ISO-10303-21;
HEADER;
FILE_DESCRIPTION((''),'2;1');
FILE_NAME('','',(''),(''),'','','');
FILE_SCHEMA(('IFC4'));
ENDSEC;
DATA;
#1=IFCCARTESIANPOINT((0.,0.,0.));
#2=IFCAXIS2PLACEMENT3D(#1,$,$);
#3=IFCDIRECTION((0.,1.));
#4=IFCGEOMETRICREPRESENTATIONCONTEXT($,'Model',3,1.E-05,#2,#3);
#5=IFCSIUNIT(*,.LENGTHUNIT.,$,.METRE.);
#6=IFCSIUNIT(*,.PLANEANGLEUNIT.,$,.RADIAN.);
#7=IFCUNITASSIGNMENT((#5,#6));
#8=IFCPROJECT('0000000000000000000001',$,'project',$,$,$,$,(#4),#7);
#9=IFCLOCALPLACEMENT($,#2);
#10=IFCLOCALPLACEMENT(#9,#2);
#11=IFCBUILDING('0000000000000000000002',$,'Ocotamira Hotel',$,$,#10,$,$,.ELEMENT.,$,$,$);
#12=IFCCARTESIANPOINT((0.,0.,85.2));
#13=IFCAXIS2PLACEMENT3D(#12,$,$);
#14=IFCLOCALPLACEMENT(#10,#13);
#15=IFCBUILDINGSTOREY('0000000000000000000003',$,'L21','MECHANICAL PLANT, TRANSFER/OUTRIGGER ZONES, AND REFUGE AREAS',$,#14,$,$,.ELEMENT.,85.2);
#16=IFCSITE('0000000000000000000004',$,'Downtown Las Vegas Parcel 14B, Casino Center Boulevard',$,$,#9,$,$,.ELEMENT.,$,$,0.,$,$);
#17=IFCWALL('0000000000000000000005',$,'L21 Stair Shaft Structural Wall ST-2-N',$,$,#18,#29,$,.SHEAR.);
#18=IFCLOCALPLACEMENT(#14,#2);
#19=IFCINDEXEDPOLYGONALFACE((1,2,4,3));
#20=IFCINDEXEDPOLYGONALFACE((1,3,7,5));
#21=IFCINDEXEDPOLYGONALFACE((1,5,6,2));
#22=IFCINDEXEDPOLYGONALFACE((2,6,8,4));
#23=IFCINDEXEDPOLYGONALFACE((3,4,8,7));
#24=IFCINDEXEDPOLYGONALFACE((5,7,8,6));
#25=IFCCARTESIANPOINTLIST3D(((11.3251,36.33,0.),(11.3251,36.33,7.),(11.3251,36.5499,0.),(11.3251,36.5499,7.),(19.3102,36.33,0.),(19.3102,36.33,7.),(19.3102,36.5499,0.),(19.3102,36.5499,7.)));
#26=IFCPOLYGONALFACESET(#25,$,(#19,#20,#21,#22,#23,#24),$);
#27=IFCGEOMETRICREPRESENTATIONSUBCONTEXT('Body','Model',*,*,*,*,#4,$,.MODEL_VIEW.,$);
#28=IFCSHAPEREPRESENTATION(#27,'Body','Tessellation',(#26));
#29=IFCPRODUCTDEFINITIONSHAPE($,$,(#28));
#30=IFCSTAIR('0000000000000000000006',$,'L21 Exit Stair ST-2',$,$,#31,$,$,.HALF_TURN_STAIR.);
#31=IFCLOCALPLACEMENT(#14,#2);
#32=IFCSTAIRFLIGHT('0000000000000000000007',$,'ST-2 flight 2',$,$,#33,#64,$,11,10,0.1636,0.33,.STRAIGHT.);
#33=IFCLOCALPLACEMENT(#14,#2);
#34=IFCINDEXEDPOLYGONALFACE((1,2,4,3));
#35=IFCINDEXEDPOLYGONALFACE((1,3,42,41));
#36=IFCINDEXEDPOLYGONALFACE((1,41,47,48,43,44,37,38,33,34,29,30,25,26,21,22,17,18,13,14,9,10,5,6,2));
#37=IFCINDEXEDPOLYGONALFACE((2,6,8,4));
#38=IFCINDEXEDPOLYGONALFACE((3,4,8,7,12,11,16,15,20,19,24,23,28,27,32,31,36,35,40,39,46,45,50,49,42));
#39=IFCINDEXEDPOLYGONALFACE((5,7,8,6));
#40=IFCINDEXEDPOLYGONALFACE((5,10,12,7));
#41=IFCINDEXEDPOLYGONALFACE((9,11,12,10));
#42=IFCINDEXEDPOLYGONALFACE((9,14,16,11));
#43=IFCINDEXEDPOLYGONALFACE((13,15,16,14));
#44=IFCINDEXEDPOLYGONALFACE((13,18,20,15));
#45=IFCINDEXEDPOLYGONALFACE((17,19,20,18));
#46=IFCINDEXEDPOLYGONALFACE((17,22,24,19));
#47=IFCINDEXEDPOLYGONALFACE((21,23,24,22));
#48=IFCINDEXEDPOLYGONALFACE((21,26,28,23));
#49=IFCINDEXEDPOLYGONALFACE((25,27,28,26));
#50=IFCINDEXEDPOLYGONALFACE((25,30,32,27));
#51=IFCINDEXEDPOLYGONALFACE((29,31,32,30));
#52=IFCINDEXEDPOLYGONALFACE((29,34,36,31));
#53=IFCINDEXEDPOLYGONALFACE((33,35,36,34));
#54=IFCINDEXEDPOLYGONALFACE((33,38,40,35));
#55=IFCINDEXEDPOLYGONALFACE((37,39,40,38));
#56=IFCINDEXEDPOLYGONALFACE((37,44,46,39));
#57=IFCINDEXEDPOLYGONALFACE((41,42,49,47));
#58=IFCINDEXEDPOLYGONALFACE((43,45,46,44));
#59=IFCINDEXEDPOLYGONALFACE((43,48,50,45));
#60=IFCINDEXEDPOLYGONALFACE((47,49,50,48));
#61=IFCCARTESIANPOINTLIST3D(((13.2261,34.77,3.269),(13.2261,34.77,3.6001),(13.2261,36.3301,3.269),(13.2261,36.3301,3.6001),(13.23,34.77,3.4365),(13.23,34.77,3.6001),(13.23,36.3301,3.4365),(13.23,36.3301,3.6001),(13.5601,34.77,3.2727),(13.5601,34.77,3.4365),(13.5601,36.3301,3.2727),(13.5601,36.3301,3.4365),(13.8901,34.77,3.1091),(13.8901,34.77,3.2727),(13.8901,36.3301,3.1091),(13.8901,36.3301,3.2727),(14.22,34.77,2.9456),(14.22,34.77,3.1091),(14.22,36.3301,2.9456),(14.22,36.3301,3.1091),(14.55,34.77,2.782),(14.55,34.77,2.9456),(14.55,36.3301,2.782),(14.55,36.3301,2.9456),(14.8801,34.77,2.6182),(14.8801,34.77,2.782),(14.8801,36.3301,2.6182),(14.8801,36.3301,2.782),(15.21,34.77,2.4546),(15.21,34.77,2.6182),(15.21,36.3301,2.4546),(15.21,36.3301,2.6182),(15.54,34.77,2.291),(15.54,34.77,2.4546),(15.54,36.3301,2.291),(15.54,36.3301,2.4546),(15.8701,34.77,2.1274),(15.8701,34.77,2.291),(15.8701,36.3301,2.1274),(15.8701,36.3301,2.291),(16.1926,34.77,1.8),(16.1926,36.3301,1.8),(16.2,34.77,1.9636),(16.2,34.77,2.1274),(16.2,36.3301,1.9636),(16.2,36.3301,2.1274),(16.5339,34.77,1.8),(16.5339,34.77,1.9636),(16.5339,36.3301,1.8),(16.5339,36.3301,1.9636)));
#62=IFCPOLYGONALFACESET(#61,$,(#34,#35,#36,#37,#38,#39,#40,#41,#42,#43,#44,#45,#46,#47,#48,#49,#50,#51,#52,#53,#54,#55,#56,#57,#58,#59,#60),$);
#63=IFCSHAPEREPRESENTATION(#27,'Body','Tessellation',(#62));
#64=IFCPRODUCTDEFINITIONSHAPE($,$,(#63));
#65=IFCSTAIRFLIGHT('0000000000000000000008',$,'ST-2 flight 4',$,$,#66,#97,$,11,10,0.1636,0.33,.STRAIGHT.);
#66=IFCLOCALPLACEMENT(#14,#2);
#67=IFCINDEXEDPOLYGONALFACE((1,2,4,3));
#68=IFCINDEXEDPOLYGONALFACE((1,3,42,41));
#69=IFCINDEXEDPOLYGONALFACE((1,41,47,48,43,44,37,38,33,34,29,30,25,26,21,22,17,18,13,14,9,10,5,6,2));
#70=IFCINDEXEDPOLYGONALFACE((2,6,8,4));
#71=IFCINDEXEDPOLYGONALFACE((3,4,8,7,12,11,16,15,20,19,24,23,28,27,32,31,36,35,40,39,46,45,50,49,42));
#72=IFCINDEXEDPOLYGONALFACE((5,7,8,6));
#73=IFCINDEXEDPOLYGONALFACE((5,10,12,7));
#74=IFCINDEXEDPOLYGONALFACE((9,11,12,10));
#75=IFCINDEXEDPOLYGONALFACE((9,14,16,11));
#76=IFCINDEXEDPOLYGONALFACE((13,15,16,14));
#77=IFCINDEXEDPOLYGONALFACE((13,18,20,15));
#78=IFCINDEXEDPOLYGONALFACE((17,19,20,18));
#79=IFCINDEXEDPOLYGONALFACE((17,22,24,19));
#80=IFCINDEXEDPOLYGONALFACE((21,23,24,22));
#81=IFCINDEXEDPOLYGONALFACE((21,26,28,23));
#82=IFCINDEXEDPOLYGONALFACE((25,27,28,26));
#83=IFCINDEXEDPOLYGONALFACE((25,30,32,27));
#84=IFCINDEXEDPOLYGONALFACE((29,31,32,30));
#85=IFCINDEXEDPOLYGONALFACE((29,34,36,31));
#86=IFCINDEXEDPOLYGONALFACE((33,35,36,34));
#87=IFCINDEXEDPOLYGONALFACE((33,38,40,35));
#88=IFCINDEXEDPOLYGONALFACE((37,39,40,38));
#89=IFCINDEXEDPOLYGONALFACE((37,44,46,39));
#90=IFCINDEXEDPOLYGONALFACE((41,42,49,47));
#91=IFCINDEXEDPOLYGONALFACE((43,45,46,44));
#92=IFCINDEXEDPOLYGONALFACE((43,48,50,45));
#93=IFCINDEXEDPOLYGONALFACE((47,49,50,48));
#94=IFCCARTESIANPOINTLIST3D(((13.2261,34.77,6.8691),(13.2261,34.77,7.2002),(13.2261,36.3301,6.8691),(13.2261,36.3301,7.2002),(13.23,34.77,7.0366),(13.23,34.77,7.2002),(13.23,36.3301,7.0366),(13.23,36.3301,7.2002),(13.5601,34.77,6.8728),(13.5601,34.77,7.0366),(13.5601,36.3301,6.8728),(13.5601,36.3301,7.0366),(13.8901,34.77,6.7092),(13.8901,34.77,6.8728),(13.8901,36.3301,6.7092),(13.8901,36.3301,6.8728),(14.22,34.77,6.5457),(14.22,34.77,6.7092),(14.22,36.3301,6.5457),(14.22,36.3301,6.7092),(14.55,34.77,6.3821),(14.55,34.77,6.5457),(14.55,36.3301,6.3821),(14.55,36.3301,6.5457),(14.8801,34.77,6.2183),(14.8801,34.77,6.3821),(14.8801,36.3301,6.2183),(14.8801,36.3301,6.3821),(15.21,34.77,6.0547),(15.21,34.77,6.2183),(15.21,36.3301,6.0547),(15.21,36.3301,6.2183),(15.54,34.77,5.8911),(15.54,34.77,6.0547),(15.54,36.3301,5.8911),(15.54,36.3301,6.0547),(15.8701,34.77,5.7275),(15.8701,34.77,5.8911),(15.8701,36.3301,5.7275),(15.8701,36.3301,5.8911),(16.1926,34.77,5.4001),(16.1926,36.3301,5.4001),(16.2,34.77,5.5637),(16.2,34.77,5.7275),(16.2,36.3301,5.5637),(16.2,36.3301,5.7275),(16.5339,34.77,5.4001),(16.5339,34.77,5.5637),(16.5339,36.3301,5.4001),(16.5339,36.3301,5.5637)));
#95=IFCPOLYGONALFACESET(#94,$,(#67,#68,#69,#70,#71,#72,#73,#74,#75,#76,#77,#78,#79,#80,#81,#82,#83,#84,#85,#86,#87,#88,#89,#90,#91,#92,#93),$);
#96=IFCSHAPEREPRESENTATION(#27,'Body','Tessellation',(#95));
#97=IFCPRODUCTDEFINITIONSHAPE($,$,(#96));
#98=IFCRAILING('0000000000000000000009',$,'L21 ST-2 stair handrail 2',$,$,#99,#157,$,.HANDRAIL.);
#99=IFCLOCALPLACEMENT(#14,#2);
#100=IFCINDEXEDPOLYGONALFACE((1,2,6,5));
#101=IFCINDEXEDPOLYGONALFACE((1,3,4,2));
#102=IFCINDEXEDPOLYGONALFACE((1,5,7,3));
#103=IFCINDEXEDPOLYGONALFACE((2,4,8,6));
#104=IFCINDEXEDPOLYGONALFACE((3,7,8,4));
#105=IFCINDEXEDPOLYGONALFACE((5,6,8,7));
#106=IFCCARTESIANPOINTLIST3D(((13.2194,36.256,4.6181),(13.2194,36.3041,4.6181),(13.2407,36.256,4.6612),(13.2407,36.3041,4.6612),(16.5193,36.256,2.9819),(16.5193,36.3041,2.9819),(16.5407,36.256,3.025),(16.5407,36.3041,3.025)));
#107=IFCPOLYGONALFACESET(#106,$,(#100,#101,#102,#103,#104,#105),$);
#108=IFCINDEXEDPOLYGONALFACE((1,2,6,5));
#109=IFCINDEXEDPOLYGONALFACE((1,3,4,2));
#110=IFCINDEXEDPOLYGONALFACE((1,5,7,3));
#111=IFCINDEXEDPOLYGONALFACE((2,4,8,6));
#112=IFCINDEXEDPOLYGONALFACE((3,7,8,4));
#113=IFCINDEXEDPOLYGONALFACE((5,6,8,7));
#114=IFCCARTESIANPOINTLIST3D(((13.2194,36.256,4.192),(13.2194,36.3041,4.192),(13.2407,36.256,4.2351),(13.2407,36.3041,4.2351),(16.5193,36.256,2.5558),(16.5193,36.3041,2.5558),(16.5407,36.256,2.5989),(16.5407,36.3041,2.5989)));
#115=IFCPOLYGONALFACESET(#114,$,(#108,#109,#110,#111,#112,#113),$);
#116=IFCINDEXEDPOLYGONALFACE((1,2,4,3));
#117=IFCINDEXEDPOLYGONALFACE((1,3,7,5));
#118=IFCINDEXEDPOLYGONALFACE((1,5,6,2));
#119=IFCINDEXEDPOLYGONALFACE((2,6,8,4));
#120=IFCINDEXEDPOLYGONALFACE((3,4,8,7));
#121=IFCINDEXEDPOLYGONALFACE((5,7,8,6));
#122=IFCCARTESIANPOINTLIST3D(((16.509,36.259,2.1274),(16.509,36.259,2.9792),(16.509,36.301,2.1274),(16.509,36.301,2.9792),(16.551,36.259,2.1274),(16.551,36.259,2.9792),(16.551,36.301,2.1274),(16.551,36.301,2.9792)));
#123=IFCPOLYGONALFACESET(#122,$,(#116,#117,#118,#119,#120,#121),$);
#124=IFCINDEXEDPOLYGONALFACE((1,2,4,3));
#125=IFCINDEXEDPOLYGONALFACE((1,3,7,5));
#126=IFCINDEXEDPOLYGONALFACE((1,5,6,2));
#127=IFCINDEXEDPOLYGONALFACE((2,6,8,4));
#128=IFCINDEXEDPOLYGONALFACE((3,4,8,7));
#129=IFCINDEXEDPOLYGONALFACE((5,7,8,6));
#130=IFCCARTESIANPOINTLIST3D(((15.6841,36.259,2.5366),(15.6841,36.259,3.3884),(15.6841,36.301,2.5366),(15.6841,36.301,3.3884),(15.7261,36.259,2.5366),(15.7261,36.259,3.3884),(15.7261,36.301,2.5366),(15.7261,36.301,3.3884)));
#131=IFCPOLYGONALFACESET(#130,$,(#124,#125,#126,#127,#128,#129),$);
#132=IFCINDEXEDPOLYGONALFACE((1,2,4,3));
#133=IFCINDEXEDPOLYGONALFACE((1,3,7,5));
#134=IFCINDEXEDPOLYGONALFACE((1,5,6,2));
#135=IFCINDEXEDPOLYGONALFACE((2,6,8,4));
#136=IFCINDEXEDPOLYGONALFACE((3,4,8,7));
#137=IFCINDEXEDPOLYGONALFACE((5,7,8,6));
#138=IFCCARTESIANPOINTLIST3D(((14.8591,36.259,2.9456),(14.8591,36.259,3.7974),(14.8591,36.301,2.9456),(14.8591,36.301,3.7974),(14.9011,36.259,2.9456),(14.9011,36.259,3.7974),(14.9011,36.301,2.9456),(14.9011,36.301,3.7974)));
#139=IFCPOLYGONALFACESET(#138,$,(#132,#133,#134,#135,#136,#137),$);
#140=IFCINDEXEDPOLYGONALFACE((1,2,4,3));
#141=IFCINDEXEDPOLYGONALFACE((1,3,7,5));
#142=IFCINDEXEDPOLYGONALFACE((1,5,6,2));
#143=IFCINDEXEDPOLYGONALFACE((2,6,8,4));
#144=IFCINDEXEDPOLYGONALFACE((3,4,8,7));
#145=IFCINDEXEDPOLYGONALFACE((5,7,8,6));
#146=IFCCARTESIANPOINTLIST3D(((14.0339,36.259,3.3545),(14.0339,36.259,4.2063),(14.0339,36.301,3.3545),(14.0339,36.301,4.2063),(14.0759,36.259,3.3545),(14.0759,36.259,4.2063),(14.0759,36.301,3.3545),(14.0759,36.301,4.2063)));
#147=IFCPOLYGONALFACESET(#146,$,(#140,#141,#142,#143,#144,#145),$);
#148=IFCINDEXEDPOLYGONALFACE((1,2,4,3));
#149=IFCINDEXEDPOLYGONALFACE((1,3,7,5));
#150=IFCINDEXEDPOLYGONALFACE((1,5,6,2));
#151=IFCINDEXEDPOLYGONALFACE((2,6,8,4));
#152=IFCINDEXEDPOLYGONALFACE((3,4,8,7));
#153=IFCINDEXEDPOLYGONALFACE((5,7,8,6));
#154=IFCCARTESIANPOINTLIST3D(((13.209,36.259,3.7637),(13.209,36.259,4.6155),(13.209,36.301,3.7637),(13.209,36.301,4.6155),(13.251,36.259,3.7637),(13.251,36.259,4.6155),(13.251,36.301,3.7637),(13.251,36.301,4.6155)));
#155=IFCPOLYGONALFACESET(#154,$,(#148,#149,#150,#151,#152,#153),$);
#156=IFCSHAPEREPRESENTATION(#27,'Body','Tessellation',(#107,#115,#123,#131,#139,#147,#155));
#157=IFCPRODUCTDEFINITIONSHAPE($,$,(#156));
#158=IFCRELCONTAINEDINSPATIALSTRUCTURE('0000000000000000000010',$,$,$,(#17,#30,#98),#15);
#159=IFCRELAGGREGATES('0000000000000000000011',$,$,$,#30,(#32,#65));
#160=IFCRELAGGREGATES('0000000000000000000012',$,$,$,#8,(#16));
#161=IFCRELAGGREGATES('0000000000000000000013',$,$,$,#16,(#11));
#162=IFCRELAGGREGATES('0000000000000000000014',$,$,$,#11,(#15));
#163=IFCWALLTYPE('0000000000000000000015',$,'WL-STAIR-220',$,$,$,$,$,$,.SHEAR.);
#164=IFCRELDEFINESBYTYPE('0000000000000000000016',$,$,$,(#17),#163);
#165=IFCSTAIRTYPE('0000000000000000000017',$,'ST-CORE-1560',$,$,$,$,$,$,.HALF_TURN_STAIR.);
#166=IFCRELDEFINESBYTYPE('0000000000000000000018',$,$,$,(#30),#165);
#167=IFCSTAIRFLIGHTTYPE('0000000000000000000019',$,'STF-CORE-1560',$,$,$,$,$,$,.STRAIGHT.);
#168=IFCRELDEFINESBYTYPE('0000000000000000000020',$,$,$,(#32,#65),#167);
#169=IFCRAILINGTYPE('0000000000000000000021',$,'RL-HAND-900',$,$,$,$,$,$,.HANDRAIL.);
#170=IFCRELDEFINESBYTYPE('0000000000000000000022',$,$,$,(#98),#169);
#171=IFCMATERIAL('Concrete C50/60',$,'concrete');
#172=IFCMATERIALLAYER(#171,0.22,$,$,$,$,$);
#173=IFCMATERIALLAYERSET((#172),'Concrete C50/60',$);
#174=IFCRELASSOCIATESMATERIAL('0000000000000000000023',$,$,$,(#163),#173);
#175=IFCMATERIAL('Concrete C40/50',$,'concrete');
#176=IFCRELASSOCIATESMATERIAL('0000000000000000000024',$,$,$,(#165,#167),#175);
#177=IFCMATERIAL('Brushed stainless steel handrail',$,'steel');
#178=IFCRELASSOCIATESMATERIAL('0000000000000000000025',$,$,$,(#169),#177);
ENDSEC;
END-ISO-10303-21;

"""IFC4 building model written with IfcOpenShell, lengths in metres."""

from ifc_helpers import new_model, si_unit, direction, frame, frame_2d, origin, origin_2d, place, context, subcontext, project, spatial, polyline, rectangle, outline, extrude, source, transform, mapped, material, layer, layer_set, type_object, element, aggregate, save


model = new_model("IFC4")

# Units and contexts
model_context = context("Model", 3, precision=1e-05, world=origin(), true_north=direction((0.0, 1.0)))
body_context = subcontext(model_context, "Body", "Model", "MODEL_VIEW")
ifc_project = project(units=[si_unit("LENGTHUNIT", "METRE"), si_unit("PLANEANGLEUNIT", "RADIAN")], contexts=[model_context])

# Site, building, storey
site_placement = place(None, origin())
site = spatial("IfcSite", under=ifc_project, at=site_placement, Name="Downtown Las Vegas Parcel 14B, Casino Center Boulevard", CompositionType="ELEMENT", RefElevation=0.0)
building_placement = place(site_placement, origin())
building = spatial("IfcBuilding", under=site, at=building_placement, Name="Ocotamira Hotel", CompositionType="ELEMENT")
storey_placement = place(building_placement, frame((0.0, 0.0, 85.2)))
storey = spatial("IfcBuildingStorey", under=building, at=storey_placement, Name="L21", Description="MECHANICAL PLANT, TRANSFER/OUTRIGGER ZONES, AND REFUGE AREAS", CompositionType="ELEMENT", Elevation=85.2)

# Wall
ifc_material_1 = material(Name="Concrete C50/60", Category="concrete")
ifc_layer_1 = layer(ifc_material_1, 0.22)
ifc_layer_set_1 = layer_set([ifc_layer_1], Name="Concrete C50/60")
wall_type_1 = type_object("IfcWallType", Name="WL-STAIR-220", PredefinedType="SHEAR", material=ifc_layer_set_1)
wall_1_placement = place(storey_placement, frame((11.325, 36.4399, 0.0), z_axis=(0.0, 0.0, 1.0), x_axis=(1.0, 0.0, 0.0)))
element("IfcWall", 1, at=wall_1_placement, inside=storey, type_object=wall_type_1, Name="L21 Stair Shaft Structural Wall ST-2-N", PredefinedType="SHEAR", context=body_context, shape_type="SweptSolid", body=[
    extrude(rectangle(XDim=7.9851, YDim=0.22, at=frame_2d((3.9927, 0.0))), origin(), (0.0, 0.0, 1.0), 7.0),
])

# Stair, stair flights
ifc_material_2 = material(Name="Concrete C40/50", Category="concrete")
stair_type = type_object("IfcStairType", Name="ST-CORE-1560", PredefinedType="HALF_TURN_STAIR", material=ifc_material_2)
stair_placement = place(storey_placement, origin())
stair = element("IfcStair", 2, at=stair_placement, inside=storey, type_object=stair_type, Name="L21 Exit Stair ST-2", PredefinedType="HALF_TURN_STAIR")
stair_flight_type = type_object("IfcStairFlightType", Name="STF-CORE-1560", PredefinedType="STRAIGHT", material=ifc_material_2)
shared_shape_1 = source(origin(), body_context, "Body", "SweptSolid", [
    extrude(outline(polyline([(-0.0039, 0.0), (-0.0039, 0.1636), (0.3301, 0.1636), (0.3301, 0.3274), (0.6599, 0.3274), (0.6599, 0.491), (0.99, 0.491), (0.99, 0.6545), (1.3201, 0.6545), (1.3201, 0.8181), (1.6499, 0.8181), (1.6499, 0.9819), (1.98, 0.9819), (1.98, 1.1455), (2.3101, 1.1455), (2.3101, 1.3091), (2.6399, 1.3091), (2.6399, 1.4727), (2.97, 1.4727), (2.97, 1.6365), (3.3, 1.6365), (3.3, 1.8), (3.304, 1.8), (3.304, 1.469), (0.3374, 0.0), (-0.0039, 0.0)])), frame((0.0, 0.78, 0.0), z_axis=(0.0, -1.0, 0.0), x_axis=(1.0, 0.0, 0.0)), (0.0, 0.0, 1.0), 1.5601),
])
stair_flight_1_placement = place(storey_placement, frame((16.53, 35.55, 1.8), z_axis=(0.0, 0.0, 1.0), x_axis=(-1.0, 0.0, 0.0)))
stair_flight_1 = element("IfcStairFlight", 3, at=stair_flight_1_placement, type_object=stair_flight_type, Name="ST-2 flight 2", NumberOfRisers=11, NumberOfTreads=10, PredefinedType="STRAIGHT", RiserHeight=0.1636, TreadLength=0.33, context=body_context, shape_type="MappedRepresentation", body=[
    mapped(shared_shape_1, transform((0.0, 0.0, 0.0), scale=1.0)),
])
stair_flight_2_placement = place(storey_placement, frame((16.53, 35.55, 5.4001), z_axis=(0.0, 0.0, 1.0), x_axis=(-1.0, 0.0, 0.0)))
stair_flight_2 = element("IfcStairFlight", 4, at=stair_flight_2_placement, type_object=stair_flight_type, Name="ST-2 flight 4", NumberOfRisers=11, NumberOfTreads=10, PredefinedType="STRAIGHT", RiserHeight=0.1636, TreadLength=0.33, context=body_context, shape_type="MappedRepresentation", body=[
    mapped(shared_shape_1, transform((0.0, 0.0, 0.0), scale=1.0)),
])
aggregate(stair, [stair_flight_1, stair_flight_2])

# Railing
ifc_material_3 = material(Name="Brushed stainless steel handrail", Category="steel")
railing_type_1 = type_object("IfcRailingType", Name="RL-HAND-900", PredefinedType="HANDRAIL", material=ifc_material_3)
railing_1_placement = place(storey_placement, frame((16.53, 36.28, 2.1274)))
element("IfcRailing", 5, at=railing_1_placement, inside=storey, type_object=railing_type_1, Name="L21 ST-2 stair handrail 2", PredefinedType="HANDRAIL", context=body_context, shape_type="SweptSolid", body=[
    extrude(rectangle(XDim=0.0481, YDim=0.0481, at=origin_2d()), frame((0.0, 0.0, 0.876), z_axis=(-0.89592, 0.0, 0.444215), x_axis=(0.0, -1.0, 0.0)), (0.0, 0.0, 1.0), 3.6833),
    extrude(rectangle(XDim=0.0481, YDim=0.0481, at=origin_2d()), frame((0.0, 0.0, 0.45), z_axis=(-0.89592, 0.0, 0.444215), x_axis=(0.0, -1.0, 0.0)), (0.0, 0.0, 1.0), 3.6833),
    extrude(rectangle(XDim=0.042, YDim=0.042, at=origin_2d()), origin(), (0.0, 0.0, 1.0), 0.8518),
    extrude(rectangle(XDim=0.042, YDim=0.042, at=origin_2d()), frame((-0.825, 0.0, 0.4092)), (0.0, 0.0, 1.0), 0.8518),
    extrude(rectangle(XDim=0.042, YDim=0.042, at=origin_2d()), frame((-1.6499, 0.0, 0.8181)), (0.0, 0.0, 1.0), 0.8518),
    extrude(rectangle(XDim=0.042, YDim=0.042, at=origin_2d()), frame((-2.4751, 0.0, 1.2271)), (0.0, 0.0, 1.0), 0.8518),
    extrude(rectangle(XDim=0.042, YDim=0.042, at=origin_2d()), frame((-3.3, 0.0, 1.6362)), (0.0, 0.0, 1.0), 0.8518),
])

save(model, "model.ifc")
